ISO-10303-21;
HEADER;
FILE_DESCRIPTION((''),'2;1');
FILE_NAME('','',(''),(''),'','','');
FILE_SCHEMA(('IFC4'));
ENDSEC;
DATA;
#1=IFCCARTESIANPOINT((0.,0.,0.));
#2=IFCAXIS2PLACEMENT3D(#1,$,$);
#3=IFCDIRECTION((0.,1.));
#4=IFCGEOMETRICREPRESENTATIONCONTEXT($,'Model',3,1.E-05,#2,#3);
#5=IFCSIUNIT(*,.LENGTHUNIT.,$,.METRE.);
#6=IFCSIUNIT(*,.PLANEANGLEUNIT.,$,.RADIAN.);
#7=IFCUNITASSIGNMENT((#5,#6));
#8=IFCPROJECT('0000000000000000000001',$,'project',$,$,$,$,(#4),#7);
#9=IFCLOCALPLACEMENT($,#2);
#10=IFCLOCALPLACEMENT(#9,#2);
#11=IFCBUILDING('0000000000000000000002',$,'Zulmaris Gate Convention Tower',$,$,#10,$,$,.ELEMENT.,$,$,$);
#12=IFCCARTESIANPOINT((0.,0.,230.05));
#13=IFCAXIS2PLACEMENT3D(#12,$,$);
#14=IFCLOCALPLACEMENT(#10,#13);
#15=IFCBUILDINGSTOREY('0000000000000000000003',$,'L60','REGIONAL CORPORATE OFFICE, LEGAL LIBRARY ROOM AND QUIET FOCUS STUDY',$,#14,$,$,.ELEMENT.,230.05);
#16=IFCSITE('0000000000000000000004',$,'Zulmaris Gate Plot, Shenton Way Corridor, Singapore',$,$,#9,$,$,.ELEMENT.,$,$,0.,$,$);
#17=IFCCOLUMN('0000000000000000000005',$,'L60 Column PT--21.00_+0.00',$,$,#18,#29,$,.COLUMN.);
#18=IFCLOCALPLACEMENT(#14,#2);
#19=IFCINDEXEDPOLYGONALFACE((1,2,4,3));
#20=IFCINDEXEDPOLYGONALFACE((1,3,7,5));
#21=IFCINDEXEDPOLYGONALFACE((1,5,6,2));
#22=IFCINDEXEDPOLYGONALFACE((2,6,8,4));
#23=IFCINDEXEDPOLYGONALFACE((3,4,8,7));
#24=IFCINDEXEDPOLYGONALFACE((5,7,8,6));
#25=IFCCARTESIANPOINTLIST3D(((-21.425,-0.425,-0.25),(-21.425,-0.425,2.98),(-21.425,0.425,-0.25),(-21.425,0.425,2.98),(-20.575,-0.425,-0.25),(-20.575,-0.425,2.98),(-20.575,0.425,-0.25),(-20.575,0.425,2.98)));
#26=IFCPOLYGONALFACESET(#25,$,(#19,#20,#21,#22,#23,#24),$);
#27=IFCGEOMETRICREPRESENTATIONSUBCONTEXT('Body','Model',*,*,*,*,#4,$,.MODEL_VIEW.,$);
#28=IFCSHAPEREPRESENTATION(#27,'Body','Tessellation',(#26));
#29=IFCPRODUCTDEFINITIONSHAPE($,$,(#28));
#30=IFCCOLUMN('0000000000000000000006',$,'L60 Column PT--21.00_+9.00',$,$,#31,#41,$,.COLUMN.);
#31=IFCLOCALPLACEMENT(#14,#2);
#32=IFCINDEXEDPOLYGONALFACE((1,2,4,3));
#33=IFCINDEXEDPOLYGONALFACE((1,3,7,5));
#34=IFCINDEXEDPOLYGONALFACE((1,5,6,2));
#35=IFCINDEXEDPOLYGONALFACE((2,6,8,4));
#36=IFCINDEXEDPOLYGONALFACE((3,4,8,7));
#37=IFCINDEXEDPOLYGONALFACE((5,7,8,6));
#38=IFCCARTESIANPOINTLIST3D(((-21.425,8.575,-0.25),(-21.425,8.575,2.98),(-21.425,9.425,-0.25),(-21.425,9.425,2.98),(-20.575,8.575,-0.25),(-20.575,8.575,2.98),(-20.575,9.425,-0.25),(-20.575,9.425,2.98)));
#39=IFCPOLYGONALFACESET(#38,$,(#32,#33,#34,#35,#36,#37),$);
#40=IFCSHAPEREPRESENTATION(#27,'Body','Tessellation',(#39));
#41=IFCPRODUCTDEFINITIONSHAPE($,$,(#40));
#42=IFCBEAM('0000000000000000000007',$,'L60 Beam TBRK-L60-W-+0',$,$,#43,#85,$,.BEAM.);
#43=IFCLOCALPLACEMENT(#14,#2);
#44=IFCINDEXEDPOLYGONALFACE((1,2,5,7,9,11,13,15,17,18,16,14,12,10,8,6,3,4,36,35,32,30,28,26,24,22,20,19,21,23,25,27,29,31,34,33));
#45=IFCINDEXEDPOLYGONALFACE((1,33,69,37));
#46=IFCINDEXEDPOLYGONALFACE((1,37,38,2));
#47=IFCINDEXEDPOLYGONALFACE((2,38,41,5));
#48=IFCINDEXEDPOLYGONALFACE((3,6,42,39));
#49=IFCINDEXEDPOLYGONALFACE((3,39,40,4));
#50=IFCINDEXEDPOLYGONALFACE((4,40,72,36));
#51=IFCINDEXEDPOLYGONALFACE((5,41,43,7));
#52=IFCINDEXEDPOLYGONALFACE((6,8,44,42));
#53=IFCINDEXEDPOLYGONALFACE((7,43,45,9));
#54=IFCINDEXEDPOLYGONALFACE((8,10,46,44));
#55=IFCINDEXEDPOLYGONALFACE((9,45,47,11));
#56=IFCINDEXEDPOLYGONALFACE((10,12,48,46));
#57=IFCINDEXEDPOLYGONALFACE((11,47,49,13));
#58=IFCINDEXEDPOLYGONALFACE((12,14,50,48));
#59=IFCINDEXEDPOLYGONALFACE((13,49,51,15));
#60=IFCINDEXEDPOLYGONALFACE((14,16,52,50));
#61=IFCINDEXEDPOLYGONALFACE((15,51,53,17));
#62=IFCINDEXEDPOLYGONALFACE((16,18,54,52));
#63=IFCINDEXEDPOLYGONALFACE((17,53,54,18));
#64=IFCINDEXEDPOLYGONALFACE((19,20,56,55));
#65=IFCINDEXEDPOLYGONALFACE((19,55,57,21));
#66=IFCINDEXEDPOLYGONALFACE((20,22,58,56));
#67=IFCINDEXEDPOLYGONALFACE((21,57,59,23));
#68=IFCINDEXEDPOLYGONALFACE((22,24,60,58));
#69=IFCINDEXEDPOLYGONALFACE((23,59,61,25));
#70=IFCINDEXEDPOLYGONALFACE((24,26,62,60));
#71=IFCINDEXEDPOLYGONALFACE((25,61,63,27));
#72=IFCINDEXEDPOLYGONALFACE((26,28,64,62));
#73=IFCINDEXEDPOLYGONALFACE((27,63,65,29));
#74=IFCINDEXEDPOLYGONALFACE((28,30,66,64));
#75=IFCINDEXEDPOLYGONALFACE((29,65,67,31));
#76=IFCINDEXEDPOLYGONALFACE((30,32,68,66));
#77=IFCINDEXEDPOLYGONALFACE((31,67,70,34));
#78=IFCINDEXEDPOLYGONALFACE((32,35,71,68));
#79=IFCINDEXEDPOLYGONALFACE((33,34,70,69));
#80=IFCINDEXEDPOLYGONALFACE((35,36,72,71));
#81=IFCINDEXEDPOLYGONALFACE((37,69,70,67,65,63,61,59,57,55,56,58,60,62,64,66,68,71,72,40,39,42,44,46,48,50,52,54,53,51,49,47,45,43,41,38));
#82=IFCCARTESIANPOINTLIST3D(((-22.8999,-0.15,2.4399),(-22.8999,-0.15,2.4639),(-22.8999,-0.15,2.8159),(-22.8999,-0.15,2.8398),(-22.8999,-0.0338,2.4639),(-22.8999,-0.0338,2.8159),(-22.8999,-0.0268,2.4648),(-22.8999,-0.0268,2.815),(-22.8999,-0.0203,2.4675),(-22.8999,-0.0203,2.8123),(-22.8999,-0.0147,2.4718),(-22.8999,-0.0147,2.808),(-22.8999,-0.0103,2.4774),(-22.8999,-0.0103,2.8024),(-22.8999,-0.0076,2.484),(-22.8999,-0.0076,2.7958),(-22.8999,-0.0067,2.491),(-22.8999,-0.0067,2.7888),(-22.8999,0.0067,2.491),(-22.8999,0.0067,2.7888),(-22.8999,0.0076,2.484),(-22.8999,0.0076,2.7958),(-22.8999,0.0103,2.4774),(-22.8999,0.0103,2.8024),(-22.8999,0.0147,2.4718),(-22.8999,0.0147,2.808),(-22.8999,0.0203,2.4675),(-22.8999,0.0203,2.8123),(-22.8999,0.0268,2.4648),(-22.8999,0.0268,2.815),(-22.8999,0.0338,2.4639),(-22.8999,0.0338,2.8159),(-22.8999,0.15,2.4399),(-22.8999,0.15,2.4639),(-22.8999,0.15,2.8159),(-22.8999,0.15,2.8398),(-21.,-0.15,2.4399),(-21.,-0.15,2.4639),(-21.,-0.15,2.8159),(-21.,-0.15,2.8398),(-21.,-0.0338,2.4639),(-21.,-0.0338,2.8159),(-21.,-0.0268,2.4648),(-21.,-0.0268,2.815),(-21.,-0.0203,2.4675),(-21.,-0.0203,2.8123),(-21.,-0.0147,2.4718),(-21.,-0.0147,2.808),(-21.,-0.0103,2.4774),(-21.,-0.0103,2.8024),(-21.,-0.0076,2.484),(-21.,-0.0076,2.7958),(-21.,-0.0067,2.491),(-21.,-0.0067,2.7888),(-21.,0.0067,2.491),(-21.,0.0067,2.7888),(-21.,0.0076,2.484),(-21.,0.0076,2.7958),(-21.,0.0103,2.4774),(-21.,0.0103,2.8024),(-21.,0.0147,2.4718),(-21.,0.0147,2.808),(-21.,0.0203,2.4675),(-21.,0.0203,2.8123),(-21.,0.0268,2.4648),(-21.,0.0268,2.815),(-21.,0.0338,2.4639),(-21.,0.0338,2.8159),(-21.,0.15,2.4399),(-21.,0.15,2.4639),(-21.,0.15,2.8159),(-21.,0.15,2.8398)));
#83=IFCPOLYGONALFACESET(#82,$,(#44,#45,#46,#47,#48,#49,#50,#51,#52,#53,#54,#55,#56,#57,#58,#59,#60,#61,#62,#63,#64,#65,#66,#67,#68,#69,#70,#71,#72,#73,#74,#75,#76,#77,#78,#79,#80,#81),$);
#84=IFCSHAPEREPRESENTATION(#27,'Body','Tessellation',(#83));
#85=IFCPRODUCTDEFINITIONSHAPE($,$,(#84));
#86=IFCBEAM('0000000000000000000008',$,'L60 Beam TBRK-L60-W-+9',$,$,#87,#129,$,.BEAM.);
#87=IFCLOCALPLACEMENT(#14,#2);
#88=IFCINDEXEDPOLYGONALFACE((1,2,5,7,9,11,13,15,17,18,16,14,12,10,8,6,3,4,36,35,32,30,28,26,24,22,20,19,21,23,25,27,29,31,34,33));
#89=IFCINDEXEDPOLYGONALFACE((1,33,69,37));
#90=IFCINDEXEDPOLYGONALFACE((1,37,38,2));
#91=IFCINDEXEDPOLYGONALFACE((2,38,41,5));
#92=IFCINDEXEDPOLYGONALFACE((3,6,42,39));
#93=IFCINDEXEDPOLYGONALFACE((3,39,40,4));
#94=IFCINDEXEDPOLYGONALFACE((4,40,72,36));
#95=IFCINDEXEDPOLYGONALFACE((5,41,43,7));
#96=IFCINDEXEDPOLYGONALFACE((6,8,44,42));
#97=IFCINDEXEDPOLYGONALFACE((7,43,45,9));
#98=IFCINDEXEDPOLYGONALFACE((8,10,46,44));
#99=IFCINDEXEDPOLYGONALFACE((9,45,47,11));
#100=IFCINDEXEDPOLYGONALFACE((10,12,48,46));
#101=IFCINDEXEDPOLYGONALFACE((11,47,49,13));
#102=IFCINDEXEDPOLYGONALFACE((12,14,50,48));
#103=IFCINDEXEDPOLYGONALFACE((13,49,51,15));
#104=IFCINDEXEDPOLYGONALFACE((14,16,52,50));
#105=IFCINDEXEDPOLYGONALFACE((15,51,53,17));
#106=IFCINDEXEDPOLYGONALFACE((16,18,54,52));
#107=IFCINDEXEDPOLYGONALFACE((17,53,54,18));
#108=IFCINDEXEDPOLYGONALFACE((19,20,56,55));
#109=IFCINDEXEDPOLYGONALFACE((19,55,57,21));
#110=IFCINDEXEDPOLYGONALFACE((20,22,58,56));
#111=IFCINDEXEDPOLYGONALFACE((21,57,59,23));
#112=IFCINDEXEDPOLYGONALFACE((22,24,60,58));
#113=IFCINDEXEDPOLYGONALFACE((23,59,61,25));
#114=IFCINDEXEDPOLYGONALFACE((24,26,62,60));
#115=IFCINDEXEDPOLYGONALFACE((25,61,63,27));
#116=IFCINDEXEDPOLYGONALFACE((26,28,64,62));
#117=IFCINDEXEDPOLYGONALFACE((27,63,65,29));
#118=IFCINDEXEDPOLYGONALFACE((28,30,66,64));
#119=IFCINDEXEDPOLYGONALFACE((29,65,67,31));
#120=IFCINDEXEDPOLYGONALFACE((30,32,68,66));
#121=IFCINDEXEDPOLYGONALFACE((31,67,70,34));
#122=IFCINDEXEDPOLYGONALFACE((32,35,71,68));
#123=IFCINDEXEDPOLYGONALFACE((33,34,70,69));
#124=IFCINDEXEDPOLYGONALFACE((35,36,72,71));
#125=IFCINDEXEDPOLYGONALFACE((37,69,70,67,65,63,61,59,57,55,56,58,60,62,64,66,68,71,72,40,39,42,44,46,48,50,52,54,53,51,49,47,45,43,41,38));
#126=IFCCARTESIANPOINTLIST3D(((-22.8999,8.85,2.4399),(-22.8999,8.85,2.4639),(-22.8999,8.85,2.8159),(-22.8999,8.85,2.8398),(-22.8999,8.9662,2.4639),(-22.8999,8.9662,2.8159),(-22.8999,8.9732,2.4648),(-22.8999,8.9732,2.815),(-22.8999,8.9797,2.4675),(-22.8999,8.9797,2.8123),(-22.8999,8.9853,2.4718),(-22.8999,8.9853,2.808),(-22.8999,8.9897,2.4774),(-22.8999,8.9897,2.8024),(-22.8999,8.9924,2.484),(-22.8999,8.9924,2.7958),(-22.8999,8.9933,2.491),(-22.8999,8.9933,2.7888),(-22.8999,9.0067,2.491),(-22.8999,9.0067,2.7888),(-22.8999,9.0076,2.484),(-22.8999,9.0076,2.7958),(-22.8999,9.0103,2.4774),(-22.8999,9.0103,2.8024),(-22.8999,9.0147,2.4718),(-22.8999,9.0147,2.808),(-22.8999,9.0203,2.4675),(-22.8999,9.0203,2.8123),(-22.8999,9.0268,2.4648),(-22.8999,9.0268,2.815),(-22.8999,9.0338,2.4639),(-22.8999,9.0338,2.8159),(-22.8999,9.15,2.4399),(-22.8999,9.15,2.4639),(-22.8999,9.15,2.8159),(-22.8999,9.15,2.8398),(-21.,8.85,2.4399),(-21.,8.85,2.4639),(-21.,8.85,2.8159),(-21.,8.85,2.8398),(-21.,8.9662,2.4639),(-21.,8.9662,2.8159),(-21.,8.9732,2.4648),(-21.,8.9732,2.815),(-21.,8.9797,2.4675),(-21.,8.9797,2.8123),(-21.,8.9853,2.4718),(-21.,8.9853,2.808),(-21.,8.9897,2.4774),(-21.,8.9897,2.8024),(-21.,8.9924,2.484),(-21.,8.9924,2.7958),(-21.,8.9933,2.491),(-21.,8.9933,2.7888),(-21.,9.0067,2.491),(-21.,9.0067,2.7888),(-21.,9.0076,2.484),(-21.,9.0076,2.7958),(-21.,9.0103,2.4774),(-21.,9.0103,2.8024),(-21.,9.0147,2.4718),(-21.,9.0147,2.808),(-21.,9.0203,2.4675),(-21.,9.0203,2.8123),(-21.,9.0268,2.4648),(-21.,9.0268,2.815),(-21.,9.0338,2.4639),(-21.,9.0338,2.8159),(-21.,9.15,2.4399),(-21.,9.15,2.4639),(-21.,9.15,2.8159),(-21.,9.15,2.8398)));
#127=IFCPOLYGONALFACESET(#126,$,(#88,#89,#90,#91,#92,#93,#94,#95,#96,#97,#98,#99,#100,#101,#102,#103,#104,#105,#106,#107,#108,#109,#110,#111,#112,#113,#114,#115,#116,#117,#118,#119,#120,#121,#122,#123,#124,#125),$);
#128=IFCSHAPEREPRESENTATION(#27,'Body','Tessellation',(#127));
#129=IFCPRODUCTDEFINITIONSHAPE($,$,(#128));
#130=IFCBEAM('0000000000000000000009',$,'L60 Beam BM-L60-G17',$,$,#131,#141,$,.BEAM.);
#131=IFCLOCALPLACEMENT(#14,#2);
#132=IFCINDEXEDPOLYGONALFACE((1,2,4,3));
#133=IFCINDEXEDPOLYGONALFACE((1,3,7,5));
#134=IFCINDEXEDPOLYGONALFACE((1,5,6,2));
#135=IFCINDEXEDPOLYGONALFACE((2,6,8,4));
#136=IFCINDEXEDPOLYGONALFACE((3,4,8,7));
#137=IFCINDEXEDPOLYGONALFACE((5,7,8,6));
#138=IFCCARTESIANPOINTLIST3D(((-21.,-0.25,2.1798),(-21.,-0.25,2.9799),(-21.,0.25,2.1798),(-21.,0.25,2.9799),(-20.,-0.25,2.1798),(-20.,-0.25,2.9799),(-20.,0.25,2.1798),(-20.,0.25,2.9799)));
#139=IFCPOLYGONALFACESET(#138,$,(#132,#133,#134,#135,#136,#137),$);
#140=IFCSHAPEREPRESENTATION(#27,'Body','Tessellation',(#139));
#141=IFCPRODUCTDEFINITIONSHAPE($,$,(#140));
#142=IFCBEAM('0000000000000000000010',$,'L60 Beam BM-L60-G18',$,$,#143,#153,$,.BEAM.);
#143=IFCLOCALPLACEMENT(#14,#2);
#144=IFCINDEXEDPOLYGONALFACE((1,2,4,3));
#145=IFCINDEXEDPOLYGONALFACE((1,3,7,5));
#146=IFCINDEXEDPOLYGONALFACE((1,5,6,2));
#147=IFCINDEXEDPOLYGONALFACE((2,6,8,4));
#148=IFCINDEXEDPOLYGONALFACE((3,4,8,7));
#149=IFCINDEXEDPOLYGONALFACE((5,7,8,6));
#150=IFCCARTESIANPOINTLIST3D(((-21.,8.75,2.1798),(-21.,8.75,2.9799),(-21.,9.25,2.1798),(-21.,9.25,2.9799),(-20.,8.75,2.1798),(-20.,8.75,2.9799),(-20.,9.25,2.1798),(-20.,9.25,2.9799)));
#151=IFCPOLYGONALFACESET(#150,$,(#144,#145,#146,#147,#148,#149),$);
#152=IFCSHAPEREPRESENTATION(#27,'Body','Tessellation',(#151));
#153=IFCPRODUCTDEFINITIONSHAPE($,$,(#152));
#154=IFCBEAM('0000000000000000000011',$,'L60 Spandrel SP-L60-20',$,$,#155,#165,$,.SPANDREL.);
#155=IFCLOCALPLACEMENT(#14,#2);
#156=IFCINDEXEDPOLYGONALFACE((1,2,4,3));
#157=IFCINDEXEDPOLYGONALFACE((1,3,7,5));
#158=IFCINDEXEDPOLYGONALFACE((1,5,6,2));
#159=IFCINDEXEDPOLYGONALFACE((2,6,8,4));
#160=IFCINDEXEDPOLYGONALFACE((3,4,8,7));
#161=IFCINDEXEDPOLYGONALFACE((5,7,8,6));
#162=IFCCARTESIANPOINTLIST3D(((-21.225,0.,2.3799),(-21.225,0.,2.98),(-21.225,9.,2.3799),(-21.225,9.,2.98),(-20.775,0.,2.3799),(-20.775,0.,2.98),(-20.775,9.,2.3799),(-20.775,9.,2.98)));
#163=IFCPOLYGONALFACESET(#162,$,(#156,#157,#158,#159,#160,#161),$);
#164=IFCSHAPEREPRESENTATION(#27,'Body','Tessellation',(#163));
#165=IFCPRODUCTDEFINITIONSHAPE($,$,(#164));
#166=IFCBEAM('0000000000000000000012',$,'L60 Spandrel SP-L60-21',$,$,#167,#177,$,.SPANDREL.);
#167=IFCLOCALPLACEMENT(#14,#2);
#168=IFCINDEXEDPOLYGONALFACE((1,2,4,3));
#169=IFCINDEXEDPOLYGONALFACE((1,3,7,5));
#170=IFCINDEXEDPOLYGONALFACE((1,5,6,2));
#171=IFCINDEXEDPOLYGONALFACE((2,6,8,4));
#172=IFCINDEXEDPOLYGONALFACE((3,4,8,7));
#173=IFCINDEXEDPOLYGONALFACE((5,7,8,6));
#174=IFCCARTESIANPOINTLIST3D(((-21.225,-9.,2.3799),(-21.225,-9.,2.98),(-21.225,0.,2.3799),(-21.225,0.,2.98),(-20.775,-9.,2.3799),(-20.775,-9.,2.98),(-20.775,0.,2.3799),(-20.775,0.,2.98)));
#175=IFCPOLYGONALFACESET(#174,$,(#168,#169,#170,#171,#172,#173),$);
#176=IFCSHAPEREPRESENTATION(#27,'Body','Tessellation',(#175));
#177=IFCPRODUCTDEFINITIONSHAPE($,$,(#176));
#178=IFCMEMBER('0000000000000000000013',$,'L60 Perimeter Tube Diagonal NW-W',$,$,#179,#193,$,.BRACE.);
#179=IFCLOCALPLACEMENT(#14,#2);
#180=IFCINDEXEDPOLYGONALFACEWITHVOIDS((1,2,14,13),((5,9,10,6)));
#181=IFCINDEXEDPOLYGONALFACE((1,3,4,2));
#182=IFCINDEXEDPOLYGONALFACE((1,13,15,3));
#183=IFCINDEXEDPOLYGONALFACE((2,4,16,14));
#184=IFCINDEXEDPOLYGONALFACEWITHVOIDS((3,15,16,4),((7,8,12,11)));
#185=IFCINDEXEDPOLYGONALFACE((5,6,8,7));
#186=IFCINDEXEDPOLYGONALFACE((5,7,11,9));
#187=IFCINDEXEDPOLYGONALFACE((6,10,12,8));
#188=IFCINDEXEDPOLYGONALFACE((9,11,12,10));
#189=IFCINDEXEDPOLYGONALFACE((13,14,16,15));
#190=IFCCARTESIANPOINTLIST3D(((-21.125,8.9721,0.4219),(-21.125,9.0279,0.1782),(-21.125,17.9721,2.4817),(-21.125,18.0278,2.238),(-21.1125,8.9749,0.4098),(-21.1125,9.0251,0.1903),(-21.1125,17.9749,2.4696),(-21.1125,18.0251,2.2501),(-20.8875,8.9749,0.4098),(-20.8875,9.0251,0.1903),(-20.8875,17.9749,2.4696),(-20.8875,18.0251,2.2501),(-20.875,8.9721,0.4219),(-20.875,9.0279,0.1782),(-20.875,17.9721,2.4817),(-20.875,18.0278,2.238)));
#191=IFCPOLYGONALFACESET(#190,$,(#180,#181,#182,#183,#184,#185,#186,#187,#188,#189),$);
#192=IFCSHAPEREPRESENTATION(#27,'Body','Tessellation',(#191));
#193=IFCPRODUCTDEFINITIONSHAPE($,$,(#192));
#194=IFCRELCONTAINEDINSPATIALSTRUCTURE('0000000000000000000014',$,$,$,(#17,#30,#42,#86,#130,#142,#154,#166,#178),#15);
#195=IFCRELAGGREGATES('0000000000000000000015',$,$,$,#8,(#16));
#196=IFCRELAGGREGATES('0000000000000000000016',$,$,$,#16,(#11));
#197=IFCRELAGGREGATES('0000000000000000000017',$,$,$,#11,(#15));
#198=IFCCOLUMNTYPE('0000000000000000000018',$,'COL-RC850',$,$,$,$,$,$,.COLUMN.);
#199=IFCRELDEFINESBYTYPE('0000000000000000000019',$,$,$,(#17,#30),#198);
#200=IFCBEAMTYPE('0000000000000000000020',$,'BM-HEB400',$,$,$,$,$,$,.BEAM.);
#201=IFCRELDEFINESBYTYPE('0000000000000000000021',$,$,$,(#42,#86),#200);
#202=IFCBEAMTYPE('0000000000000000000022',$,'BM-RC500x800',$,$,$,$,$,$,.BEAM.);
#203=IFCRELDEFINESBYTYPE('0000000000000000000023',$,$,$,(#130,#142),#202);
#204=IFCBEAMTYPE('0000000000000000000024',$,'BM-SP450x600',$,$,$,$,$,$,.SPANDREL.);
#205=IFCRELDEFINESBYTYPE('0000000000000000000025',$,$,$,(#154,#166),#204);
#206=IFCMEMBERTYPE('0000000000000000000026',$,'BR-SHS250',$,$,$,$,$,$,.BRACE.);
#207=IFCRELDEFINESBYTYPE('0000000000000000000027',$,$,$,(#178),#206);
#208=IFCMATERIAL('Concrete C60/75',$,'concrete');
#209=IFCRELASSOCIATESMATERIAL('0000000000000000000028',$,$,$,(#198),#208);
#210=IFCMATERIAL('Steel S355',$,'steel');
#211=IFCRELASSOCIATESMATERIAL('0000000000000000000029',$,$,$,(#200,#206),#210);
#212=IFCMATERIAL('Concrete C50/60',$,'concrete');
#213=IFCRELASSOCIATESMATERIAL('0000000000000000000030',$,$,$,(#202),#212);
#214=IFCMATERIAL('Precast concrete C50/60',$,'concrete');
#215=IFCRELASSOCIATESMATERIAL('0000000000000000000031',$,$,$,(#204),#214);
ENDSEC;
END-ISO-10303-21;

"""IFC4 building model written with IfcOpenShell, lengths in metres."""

from ifc_helpers import new_model, si_unit, direction, frame, origin, origin_2d, place, context, subcontext, project, spatial, rectangle, hollow_rectangle, i_section, extrude, material, material_profile, profile_set, type_object, element, save


model = new_model("IFC4")

# Units and contexts
model_context = context("Model", 3, precision=1e-05, world=origin(), true_north=direction((0.0, 1.0)))
body_context = subcontext(model_context, "Body", "Model", "MODEL_VIEW")
ifc_project = project(units=[si_unit("LENGTHUNIT", "METRE"), si_unit("PLANEANGLEUNIT", "RADIAN")], contexts=[model_context])

# Site, building, storey
site_placement = place(None, origin())
site = spatial("IfcSite", under=ifc_project, at=site_placement, Name="Zulmaris Gate Plot, Shenton Way Corridor, Singapore", CompositionType="ELEMENT", RefElevation=0.0)
building_placement = place(site_placement, origin())
building = spatial("IfcBuilding", under=site, at=building_placement, Name="Zulmaris Gate Convention Tower", CompositionType="ELEMENT")
storey_placement = place(building_placement, frame((0.0, 0.0, 230.05)))
storey = spatial("IfcBuildingStorey", under=building, at=storey_placement, Name="L60", Description="REGIONAL CORPORATE OFFICE, LEGAL LIBRARY ROOM AND QUIET FOCUS STUDY", CompositionType="ELEMENT", Elevation=230.05)

# Columns
ifc_material_1 = material(Name="Concrete C60/75", Category="concrete")
ifc_material_profile_1 = material_profile(ifc_material_1, rectangle(XDim=0.8501, YDim=0.8501, at=origin_2d()), Name="RC COL 850x850")
ifc_profile_set_1 = profile_set([ifc_material_profile_1], Name="Concrete C60/75")
column_type = type_object("IfcColumnType", Name="COL-RC850", PredefinedType="COLUMN", material=ifc_profile_set_1)
for number, where, z_axis, x_axis, name in (
    (1, (-21.0, 0.0, -0.25), (0.0, 0.0, 1.0), (1.0, 0.0, 0.0), "L60 Column PT--21.00_+0.00"),
    (2, (-21.0, 9.0, -0.25), (0.0, 0.0, 1.0), (1.0, 0.0, 0.0), "L60 Column PT--21.00_+9.00"),
):
    element("IfcColumn", number, at=place(storey_placement, frame(where, z_axis=z_axis, x_axis=x_axis)), inside=storey, type_object=column_type, Name=name, PredefinedType="COLUMN", context=body_context, shape_type="SweptSolid", body=[
        extrude(rectangle(XDim=0.8501, YDim=0.8501, at=origin_2d()), origin(), (0.0, 0.0, 1.0), 3.23),
    ])

# Beams
ifc_material_2 = material(Name="Steel S355", Category="steel")
ifc_material_profile_2 = material_profile(ifc_material_2, i_section(OverallWidth=0.3, OverallDepth=0.3999, WebThickness=0.0134, FlangeThickness=0.0239, FilletRadius=0.0271, at=origin_2d()), Name="HEB 400")
ifc_profile_set_2 = profile_set([ifc_material_profile_2], Name="Steel S355")
beam_type_1 = type_object("IfcBeamType", Name="BM-HEB400", PredefinedType="BEAM", material=ifc_profile_set_2)
for number, where, z_axis, x_axis, name in (
    (3, (-22.8999, 0.0, 2.6399), (1.0, 0.0, 0.0), (0.0, 1.0, 0.0), "L60 Beam TBRK-L60-W-+0"),
    (4, (-22.8999, 9.0, 2.6399), (1.0, 0.0, 0.0), (0.0, 1.0, 0.0), "L60 Beam TBRK-L60-W-+9"),
):
    element("IfcBeam", number, at=place(storey_placement, frame(where, z_axis=z_axis, x_axis=x_axis)), inside=storey, type_object=beam_type_1, Name=name, PredefinedType="BEAM", context=body_context, shape_type="SweptSolid", body=[
        extrude(i_section(OverallWidth=0.3, OverallDepth=0.3999, WebThickness=0.0134, FlangeThickness=0.0239, FilletRadius=0.0271, at=origin_2d()), origin(), (0.0, 0.0, 1.0), 1.8999),
    ])
ifc_material_3 = material(Name="Concrete C50/60", Category="concrete")
ifc_material_profile_3 = material_profile(ifc_material_3, rectangle(XDim=0.5, YDim=0.8, at=origin_2d()), Name="RC BEAM 500x800")
ifc_profile_set_3 = profile_set([ifc_material_profile_3], Name="Concrete C50/60")
beam_type_2 = type_object("IfcBeamType", Name="BM-RC500x800", PredefinedType="BEAM", material=ifc_profile_set_3)
for number, where, z_axis, x_axis, name in (
    (5, (-21.0, 0.0, 2.5798), (1.0, 0.0, 0.0), (0.0, 1.0, 0.0), "L60 Beam BM-L60-G17"),
    (6, (-21.0, 9.0, 2.5798), (1.0, 0.0, 0.0), (0.0, 1.0, 0.0), "L60 Beam BM-L60-G18"),
):
    element("IfcBeam", number, at=place(storey_placement, frame(where, z_axis=z_axis, x_axis=x_axis)), inside=storey, type_object=beam_type_2, Name=name, PredefinedType="BEAM", context=body_context, shape_type="SweptSolid", body=[
        extrude(rectangle(XDim=0.5, YDim=0.8, at=origin_2d()), origin(), (0.0, 0.0, 1.0), 1.0),
    ])
ifc_material_4 = material(Name="Precast concrete C50/60", Category="concrete")
ifc_material_profile_4 = material_profile(ifc_material_4, rectangle(XDim=0.45, YDim=0.6001, at=origin_2d()), Name="RC SPANDREL 450x600")
ifc_profile_set_4 = profile_set([ifc_material_profile_4], Name="Precast concrete C50/60")
beam_type_3 = type_object("IfcBeamType", Name="BM-SP450x600", PredefinedType="SPANDREL", material=ifc_profile_set_4)
for number, where, z_axis, x_axis, name in (
    (7, (-21.0, 9.0, 2.6799), (0.0, -1.0, 0.0), (1.0, 0.0, 0.0), "L60 Spandrel SP-L60-20"),
    (8, (-21.0, 0.0, 2.6799), (0.0, -1.0, 0.0), (1.0, 0.0, 0.0), "L60 Spandrel SP-L60-21"),
):
    element("IfcBeam", number, at=place(storey_placement, frame(where, z_axis=z_axis, x_axis=x_axis)), inside=storey, type_object=beam_type_3, Name=name, PredefinedType="SPANDREL", context=body_context, shape_type="SweptSolid", body=[
        extrude(rectangle(XDim=0.45, YDim=0.6001, at=origin_2d()), origin(), (0.0, 0.0, 1.0), 9.0),
    ])

# Member
ifc_material_profile_5 = material_profile(ifc_material_2, hollow_rectangle(XDim=0.25, YDim=0.25, WallThickness=0.0125, at=origin_2d()), Name="SHS 250x250x12.5")
ifc_profile_set_5 = profile_set([ifc_material_profile_5], Name="Steel S355")
member_type = type_object("IfcMemberType", Name="BR-SHS250", PredefinedType="BRACE", material=ifc_profile_set_5)
member_placement = place(storey_placement, frame((-21.0, 9.0, 0.3), z_axis=(0.0, 0.974796, 0.2231), x_axis=(-1.0, 0.0, 0.0)))
element("IfcMember", 9, at=member_placement, inside=storey, type_object=member_type, Name="L60 Perimeter Tube Diagonal NW-W", PredefinedType="BRACE", context=body_context, shape_type="SweptSolid", body=[
    extrude(hollow_rectangle(XDim=0.25, YDim=0.25, WallThickness=0.0125, at=origin_2d()), origin(), (0.0, 0.0, 1.0), 9.2327),
])

save(model, "model.ifc")
